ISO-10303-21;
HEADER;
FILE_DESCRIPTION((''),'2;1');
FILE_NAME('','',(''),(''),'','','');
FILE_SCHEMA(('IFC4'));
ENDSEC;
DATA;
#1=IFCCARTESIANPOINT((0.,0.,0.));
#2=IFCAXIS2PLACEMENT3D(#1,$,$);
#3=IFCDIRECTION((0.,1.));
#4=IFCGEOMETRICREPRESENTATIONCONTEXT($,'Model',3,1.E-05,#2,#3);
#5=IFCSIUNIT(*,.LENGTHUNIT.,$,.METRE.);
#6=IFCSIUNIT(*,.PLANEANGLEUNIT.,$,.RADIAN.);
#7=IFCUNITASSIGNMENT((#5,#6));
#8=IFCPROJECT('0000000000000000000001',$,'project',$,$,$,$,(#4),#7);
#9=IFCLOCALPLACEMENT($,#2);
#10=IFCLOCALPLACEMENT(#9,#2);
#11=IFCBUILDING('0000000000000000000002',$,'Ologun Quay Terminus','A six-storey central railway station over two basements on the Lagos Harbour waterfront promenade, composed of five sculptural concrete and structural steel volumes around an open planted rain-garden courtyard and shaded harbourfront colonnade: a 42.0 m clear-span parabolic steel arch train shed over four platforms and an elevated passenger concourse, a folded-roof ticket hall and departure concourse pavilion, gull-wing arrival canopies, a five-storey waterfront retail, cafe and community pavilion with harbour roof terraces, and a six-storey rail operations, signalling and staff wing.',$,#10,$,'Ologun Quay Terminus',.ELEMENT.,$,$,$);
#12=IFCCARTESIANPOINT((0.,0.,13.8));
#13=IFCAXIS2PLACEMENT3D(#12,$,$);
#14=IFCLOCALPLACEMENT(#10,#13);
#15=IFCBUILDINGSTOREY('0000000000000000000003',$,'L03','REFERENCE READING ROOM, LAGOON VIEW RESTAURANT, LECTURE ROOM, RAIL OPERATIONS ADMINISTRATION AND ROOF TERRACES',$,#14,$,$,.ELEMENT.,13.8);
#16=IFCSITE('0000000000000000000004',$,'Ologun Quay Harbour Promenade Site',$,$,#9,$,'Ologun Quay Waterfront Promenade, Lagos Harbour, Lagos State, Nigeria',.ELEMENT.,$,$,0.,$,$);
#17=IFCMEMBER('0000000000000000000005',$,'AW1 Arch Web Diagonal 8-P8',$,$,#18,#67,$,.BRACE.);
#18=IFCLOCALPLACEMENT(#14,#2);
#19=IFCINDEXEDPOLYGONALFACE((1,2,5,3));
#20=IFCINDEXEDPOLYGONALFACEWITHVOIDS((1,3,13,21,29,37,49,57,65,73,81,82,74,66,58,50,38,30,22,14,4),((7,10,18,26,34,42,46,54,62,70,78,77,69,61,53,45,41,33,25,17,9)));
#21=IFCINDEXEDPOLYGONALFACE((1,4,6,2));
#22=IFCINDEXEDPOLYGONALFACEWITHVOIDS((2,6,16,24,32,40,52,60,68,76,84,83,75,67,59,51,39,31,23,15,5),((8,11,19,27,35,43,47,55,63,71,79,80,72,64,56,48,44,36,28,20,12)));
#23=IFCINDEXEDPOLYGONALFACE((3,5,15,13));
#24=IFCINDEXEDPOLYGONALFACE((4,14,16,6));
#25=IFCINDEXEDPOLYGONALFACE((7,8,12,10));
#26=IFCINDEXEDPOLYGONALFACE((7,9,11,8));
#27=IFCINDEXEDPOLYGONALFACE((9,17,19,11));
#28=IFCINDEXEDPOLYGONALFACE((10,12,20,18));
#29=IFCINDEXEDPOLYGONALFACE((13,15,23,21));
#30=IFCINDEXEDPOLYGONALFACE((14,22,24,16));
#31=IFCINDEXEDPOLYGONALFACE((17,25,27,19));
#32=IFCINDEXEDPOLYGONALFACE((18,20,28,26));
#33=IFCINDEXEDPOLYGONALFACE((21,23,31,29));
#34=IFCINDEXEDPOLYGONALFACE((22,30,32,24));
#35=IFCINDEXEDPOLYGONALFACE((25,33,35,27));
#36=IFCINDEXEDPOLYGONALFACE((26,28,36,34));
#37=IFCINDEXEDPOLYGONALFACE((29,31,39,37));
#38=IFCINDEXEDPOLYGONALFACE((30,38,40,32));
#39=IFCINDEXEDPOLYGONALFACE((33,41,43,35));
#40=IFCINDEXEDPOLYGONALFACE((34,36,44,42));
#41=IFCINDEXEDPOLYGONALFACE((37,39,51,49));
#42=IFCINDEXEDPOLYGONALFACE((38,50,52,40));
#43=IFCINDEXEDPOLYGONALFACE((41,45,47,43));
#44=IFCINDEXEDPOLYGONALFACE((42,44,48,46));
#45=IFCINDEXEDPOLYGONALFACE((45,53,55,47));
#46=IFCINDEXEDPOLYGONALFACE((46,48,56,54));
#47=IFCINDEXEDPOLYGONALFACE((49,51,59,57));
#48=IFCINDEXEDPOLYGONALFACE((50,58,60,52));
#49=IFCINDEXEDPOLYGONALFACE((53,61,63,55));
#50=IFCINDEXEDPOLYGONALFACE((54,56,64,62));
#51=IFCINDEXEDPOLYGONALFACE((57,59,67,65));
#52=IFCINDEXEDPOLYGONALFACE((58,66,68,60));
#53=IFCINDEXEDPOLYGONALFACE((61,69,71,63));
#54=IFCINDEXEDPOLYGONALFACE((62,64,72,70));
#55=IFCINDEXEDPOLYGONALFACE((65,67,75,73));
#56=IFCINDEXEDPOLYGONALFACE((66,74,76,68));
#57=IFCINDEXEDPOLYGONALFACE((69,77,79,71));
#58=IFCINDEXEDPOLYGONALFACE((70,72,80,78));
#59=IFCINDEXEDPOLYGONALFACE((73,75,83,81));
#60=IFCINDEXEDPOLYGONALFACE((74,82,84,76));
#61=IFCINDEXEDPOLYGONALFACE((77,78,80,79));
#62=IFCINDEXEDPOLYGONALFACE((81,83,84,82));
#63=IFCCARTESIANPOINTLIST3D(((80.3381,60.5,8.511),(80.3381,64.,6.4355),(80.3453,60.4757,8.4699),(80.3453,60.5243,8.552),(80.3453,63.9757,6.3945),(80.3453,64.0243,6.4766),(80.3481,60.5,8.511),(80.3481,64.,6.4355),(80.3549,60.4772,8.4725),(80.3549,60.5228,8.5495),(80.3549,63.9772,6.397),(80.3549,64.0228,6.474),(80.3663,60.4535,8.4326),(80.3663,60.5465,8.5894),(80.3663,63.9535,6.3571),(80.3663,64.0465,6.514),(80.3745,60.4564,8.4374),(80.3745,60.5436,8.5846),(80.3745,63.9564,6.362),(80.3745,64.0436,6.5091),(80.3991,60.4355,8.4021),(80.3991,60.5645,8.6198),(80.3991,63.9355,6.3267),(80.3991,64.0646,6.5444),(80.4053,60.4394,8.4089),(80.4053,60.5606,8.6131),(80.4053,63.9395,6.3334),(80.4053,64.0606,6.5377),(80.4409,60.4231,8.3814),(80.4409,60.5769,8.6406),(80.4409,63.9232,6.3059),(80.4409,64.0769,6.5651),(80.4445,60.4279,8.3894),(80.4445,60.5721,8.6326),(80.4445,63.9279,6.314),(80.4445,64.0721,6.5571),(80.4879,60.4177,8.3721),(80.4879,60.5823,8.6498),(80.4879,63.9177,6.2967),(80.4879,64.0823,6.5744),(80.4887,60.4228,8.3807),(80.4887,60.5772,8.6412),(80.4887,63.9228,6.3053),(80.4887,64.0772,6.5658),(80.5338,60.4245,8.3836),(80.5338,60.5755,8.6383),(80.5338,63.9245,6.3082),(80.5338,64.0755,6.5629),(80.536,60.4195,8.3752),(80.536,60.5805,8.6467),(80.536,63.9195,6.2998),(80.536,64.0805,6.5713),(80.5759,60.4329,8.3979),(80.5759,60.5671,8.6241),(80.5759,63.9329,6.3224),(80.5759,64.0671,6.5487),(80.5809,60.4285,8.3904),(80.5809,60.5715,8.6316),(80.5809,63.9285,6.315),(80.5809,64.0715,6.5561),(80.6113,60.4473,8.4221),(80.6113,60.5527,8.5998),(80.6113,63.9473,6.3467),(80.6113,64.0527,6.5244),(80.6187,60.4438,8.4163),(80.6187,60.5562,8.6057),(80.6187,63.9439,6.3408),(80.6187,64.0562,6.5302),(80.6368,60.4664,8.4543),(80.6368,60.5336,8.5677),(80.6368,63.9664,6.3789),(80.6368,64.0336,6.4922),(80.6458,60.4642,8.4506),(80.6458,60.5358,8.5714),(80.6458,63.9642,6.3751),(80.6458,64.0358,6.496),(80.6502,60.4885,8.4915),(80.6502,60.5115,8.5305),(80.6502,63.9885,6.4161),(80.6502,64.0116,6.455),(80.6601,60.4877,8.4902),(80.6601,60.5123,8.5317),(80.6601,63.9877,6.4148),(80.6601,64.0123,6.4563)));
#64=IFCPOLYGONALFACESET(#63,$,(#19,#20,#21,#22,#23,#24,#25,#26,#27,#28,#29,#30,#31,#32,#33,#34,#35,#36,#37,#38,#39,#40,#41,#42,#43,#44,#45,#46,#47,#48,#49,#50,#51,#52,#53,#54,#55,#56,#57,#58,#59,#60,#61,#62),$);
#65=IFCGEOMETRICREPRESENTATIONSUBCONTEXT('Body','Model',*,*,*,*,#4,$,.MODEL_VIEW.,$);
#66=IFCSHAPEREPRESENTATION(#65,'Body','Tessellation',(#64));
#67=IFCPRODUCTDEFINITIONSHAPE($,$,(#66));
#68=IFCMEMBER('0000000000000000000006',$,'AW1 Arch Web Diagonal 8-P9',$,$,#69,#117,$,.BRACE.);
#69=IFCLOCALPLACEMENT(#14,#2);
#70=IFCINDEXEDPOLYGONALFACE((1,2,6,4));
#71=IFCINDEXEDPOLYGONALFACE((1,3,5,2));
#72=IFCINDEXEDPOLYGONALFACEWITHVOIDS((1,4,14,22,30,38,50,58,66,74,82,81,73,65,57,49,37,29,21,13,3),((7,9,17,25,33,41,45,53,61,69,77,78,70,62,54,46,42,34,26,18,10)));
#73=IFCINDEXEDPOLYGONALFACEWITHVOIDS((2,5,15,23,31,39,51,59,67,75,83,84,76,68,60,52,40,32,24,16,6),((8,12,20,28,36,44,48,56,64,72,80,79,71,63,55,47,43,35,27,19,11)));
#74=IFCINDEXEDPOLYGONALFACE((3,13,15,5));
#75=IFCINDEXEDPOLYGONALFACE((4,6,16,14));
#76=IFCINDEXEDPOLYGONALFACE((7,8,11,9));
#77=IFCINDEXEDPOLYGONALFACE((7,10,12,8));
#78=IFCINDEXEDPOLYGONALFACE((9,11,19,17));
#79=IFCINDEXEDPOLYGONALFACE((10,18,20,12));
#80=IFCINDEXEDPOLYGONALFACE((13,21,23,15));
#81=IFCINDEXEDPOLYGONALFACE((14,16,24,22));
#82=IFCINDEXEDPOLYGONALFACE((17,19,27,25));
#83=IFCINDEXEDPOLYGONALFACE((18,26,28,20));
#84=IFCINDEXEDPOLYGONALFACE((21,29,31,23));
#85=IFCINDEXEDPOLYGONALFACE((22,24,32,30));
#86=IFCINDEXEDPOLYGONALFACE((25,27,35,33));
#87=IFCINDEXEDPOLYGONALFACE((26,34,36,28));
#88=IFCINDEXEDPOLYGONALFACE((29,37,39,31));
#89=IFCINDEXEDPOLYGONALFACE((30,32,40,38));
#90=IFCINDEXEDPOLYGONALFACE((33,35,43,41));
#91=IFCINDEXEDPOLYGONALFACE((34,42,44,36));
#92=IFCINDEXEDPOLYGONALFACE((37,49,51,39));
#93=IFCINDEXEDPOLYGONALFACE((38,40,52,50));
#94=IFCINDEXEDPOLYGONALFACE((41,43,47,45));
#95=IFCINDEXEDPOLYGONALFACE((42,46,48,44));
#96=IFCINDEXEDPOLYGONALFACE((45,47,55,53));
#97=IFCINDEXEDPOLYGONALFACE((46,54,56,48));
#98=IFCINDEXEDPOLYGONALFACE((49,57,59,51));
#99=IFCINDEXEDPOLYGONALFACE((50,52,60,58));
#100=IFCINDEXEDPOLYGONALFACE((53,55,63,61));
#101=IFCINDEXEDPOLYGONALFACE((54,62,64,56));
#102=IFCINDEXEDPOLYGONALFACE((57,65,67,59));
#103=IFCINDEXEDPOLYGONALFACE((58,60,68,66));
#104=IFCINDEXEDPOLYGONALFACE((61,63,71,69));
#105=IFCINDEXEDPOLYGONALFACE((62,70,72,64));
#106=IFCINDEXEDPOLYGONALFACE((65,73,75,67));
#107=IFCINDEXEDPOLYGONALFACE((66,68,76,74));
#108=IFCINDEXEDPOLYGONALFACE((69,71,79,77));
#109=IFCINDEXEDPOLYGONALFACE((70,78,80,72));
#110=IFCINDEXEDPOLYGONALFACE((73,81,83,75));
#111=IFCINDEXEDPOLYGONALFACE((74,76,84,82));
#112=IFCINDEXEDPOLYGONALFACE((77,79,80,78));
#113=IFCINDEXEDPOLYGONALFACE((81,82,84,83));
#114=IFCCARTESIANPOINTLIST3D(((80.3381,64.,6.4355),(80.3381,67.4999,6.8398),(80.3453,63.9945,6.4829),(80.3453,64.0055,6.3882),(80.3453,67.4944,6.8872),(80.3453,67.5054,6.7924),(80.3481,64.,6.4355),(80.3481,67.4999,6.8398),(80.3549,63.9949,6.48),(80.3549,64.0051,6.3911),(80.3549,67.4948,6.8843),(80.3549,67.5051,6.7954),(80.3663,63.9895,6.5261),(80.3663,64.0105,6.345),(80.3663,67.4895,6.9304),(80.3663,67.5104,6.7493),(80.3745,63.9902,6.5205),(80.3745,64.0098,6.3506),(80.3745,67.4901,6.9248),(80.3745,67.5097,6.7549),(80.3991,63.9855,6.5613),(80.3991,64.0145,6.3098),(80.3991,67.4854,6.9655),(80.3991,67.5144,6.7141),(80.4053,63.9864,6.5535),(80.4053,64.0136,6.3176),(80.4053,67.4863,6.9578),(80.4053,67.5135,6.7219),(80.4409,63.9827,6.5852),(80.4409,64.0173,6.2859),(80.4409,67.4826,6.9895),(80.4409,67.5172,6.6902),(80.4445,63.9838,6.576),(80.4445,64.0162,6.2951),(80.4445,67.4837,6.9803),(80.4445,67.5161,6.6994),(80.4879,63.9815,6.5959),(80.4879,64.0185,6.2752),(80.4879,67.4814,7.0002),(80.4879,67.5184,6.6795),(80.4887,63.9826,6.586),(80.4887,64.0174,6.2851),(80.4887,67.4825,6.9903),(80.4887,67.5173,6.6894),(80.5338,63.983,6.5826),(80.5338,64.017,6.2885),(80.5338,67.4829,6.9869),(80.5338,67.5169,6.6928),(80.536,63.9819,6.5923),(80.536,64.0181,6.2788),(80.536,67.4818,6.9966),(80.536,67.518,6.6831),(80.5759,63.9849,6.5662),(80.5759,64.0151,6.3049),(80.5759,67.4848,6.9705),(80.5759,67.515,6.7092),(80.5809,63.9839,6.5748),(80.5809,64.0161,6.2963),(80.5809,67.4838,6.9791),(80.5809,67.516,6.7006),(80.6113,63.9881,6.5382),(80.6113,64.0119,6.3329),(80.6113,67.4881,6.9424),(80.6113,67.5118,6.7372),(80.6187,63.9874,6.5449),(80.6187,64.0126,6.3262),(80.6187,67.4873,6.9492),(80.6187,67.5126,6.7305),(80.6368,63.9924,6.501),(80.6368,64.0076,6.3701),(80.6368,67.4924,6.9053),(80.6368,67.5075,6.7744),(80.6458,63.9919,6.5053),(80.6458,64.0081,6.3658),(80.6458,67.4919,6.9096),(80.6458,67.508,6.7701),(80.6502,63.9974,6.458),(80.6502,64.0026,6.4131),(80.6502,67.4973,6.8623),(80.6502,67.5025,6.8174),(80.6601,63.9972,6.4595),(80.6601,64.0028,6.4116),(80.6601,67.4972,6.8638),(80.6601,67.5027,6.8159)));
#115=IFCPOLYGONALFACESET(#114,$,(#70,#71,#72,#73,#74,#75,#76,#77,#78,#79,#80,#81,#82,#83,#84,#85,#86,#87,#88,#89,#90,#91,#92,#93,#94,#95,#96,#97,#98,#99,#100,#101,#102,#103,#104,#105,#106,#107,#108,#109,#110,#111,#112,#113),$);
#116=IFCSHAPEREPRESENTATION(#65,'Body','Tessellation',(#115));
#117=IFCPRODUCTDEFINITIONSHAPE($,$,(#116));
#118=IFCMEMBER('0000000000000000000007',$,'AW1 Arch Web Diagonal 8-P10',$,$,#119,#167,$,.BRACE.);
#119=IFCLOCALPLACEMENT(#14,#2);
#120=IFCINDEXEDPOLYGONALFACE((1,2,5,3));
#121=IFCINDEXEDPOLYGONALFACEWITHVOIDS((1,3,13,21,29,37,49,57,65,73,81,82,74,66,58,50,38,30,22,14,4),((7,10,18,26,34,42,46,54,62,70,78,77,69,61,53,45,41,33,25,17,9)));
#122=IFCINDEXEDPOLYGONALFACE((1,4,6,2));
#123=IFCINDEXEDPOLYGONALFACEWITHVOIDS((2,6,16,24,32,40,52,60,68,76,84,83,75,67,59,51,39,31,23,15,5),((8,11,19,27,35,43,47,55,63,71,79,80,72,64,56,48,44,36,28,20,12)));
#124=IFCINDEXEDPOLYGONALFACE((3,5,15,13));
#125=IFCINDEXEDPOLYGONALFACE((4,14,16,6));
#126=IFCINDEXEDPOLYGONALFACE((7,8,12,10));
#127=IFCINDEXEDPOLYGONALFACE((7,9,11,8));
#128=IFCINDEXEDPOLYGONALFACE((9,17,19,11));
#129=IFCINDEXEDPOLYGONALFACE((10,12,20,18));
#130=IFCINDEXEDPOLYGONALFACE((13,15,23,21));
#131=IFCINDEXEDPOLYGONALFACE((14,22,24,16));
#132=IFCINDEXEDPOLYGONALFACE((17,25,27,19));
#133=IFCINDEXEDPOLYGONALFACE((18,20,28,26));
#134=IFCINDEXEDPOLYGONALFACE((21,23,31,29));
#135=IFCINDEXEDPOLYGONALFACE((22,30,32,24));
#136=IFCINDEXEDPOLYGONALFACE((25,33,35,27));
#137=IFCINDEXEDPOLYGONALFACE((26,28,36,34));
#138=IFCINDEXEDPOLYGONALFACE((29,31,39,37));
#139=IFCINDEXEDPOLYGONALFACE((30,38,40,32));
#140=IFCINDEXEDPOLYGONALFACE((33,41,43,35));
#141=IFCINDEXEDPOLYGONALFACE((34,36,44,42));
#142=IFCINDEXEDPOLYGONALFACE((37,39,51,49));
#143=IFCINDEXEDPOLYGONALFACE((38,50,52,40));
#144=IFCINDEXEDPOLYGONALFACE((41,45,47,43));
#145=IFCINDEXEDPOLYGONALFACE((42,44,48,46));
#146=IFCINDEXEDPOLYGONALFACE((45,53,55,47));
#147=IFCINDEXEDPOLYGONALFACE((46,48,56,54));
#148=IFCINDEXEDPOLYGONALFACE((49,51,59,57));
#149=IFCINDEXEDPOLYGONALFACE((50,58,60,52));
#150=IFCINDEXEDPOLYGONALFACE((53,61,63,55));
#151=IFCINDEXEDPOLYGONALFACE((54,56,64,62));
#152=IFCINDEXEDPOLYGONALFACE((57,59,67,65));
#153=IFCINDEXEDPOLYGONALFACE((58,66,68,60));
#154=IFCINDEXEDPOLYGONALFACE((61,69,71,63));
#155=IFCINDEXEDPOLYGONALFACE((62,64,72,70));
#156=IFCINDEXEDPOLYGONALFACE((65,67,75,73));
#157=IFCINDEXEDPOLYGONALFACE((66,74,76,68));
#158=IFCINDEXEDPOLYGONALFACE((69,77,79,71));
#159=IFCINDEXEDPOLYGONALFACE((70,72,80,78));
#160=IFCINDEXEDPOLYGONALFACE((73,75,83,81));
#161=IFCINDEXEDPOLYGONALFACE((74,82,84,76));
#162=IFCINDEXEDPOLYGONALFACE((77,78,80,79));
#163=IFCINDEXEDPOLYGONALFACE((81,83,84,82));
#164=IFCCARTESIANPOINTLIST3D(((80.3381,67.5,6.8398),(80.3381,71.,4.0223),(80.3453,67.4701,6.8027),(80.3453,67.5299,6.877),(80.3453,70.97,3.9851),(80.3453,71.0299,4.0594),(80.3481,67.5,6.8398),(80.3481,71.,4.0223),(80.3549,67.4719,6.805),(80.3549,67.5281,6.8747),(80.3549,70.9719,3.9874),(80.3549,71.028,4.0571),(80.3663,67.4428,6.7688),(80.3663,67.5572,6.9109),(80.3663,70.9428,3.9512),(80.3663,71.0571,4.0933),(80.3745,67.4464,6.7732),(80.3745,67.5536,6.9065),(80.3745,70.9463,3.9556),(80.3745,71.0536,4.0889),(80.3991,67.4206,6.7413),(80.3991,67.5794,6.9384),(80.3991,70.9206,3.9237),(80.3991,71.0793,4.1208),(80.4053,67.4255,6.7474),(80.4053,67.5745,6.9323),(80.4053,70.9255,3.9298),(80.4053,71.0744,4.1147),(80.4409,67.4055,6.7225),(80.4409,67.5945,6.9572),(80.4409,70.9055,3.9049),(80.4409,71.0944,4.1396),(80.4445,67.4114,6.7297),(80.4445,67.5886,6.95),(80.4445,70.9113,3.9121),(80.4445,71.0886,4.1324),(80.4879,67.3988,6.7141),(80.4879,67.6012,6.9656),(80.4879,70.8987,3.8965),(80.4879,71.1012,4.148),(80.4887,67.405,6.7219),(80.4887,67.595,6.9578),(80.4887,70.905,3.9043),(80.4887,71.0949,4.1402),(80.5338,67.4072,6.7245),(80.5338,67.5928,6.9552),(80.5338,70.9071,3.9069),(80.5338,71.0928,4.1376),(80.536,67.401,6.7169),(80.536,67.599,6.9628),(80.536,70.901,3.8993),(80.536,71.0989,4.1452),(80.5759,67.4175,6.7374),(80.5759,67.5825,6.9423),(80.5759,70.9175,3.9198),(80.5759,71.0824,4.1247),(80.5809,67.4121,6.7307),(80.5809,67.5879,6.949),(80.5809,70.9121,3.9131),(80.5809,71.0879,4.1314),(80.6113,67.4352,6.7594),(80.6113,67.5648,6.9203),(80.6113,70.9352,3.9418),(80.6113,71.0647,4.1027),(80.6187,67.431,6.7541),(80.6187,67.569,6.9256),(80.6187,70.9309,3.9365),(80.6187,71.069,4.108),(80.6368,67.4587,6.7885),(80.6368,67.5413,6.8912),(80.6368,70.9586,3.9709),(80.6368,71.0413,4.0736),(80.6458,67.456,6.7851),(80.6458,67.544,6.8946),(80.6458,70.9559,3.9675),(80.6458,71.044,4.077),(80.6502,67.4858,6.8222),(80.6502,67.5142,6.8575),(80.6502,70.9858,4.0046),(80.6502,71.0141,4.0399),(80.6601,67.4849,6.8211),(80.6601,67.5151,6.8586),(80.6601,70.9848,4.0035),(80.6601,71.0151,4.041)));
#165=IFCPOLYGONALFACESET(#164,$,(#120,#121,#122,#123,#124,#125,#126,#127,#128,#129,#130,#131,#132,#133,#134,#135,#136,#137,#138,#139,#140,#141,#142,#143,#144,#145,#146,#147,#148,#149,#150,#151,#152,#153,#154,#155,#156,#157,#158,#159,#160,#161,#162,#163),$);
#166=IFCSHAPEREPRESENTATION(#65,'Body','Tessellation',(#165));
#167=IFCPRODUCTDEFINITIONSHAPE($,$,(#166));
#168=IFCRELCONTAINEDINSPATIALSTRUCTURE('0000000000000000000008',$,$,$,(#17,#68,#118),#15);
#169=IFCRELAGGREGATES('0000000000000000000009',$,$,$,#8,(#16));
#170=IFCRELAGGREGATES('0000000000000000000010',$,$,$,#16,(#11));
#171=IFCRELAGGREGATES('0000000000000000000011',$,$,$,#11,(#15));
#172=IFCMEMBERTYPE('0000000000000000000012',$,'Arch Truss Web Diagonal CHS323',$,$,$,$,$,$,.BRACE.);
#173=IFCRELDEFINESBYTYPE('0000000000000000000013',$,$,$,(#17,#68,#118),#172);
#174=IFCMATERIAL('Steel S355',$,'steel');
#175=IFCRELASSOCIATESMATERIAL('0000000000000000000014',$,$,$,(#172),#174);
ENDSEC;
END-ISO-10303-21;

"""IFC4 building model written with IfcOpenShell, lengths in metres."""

from ifc_helpers import new_model, si_unit, direction, frame, origin, origin_2d, place, context, subcontext, project, spatial, hollow_circle, extrude, material, material_profile, profile_set, type_object, element, save


model = new_model("IFC4")

# Units and contexts
model_context = context("Model", 3, precision=1e-05, world=origin(), true_north=direction((0.0, 1.0)))
body_context = subcontext(model_context, "Body", "Model", "MODEL_VIEW")
ifc_project = project(units=[si_unit("LENGTHUNIT", "METRE"), si_unit("PLANEANGLEUNIT", "RADIAN")], contexts=[model_context])

# Site, building, storey
site_placement = place(None, origin())
site = spatial("IfcSite", under=ifc_project, at=site_placement, Name="Ologun Quay Harbour Promenade Site", LongName="Ologun Quay Waterfront Promenade, Lagos Harbour, Lagos State, Nigeria", CompositionType="ELEMENT", RefElevation=0.0)
building_placement = place(site_placement, origin())
building = spatial("IfcBuilding", under=site, at=building_placement, Name="Ologun Quay Terminus", Description="A six-storey central railway station over two basements on the Lagos Harbour waterfront promenade, composed of five sculptural concrete and structural steel volumes around an open planted rain-garden courtyard and shaded harbourfront colonnade: a 42.0 m clear-span parabolic steel arch train shed over four platforms and an elevated passenger concourse, a folded-roof ticket hall and departure concourse pavilion, gull-wing arrival canopies, a five-storey waterfront retail, cafe and community pavilion with harbour roof terraces, and a six-storey rail operations, signalling and staff wing.", LongName="Ologun Quay Terminus", CompositionType="ELEMENT")
storey_placement = place(building_placement, frame((0.0, 0.0, 13.8)))
storey = spatial("IfcBuildingStorey", under=building, at=storey_placement, Name="L03", Description="REFERENCE READING ROOM, LAGOON VIEW RESTAURANT, LECTURE ROOM, RAIL OPERATIONS ADMINISTRATION AND ROOF TERRACES", CompositionType="ELEMENT", Elevation=13.8)

# Members
ifc_material_1 = material(Name="Steel S355", Category="steel")
ifc_material_profile_1 = material_profile(ifc_material_1, hollow_circle(Radius=0.1619, WallThickness=0.01, at=origin_2d()), Name="CHS 323.9x10")
ifc_profile_set_1 = profile_set([ifc_material_profile_1], Name="Steel S355")
member_type_1 = type_object("IfcMemberType", Name="Arch Truss Web Diagonal CHS323", PredefinedType="BRACE", material=ifc_profile_set_1)
member_1_placement = place(storey_placement, frame((80.5, 60.5, 8.511), z_axis=(0.0, 0.860144, -0.510051), x_axis=(-1.0, 0.0, 0.0)))
element("IfcMember", 1, at=member_1_placement, inside=storey, type_object=member_type_1, Name="AW1 Arch Web Diagonal 8-P8", PredefinedType="BRACE", context=body_context, shape_type="SweptSolid", body=[
    extrude(hollow_circle(Radius=0.1619, WallThickness=0.01, at=origin_2d()), origin(), (0.0, 0.0, 1.0), 4.0691),
])
member_2_placement = place(storey_placement, frame((80.5, 64.0, 6.4355), z_axis=(0.0, 0.993394, 0.11475), x_axis=(-1.0, 0.0, 0.0)))
element("IfcMember", 2, at=member_2_placement, inside=storey, type_object=member_type_1, Name="AW1 Arch Web Diagonal 8-P9", PredefinedType="BRACE", context=body_context, shape_type="SweptSolid", body=[
    extrude(hollow_circle(Radius=0.1619, WallThickness=0.01, at=origin_2d()), origin(), (0.0, 0.0, 1.0), 3.5232),
])
member_3_placement = place(storey_placement, frame((80.5, 67.5, 6.8398), z_axis=(0.0, 0.778951, -0.627084), x_axis=(-1.0, 0.0, 0.0)))
element("IfcMember", 3, at=member_3_placement, inside=storey, type_object=member_type_1, Name="AW1 Arch Web Diagonal 8-P10", PredefinedType="BRACE", context=body_context, shape_type="SweptSolid", body=[
    extrude(hollow_circle(Radius=0.1619, WallThickness=0.01, at=origin_2d()), origin(), (0.0, 0.0, 1.0), 4.4932),
])

save(model, "model.ifc")
